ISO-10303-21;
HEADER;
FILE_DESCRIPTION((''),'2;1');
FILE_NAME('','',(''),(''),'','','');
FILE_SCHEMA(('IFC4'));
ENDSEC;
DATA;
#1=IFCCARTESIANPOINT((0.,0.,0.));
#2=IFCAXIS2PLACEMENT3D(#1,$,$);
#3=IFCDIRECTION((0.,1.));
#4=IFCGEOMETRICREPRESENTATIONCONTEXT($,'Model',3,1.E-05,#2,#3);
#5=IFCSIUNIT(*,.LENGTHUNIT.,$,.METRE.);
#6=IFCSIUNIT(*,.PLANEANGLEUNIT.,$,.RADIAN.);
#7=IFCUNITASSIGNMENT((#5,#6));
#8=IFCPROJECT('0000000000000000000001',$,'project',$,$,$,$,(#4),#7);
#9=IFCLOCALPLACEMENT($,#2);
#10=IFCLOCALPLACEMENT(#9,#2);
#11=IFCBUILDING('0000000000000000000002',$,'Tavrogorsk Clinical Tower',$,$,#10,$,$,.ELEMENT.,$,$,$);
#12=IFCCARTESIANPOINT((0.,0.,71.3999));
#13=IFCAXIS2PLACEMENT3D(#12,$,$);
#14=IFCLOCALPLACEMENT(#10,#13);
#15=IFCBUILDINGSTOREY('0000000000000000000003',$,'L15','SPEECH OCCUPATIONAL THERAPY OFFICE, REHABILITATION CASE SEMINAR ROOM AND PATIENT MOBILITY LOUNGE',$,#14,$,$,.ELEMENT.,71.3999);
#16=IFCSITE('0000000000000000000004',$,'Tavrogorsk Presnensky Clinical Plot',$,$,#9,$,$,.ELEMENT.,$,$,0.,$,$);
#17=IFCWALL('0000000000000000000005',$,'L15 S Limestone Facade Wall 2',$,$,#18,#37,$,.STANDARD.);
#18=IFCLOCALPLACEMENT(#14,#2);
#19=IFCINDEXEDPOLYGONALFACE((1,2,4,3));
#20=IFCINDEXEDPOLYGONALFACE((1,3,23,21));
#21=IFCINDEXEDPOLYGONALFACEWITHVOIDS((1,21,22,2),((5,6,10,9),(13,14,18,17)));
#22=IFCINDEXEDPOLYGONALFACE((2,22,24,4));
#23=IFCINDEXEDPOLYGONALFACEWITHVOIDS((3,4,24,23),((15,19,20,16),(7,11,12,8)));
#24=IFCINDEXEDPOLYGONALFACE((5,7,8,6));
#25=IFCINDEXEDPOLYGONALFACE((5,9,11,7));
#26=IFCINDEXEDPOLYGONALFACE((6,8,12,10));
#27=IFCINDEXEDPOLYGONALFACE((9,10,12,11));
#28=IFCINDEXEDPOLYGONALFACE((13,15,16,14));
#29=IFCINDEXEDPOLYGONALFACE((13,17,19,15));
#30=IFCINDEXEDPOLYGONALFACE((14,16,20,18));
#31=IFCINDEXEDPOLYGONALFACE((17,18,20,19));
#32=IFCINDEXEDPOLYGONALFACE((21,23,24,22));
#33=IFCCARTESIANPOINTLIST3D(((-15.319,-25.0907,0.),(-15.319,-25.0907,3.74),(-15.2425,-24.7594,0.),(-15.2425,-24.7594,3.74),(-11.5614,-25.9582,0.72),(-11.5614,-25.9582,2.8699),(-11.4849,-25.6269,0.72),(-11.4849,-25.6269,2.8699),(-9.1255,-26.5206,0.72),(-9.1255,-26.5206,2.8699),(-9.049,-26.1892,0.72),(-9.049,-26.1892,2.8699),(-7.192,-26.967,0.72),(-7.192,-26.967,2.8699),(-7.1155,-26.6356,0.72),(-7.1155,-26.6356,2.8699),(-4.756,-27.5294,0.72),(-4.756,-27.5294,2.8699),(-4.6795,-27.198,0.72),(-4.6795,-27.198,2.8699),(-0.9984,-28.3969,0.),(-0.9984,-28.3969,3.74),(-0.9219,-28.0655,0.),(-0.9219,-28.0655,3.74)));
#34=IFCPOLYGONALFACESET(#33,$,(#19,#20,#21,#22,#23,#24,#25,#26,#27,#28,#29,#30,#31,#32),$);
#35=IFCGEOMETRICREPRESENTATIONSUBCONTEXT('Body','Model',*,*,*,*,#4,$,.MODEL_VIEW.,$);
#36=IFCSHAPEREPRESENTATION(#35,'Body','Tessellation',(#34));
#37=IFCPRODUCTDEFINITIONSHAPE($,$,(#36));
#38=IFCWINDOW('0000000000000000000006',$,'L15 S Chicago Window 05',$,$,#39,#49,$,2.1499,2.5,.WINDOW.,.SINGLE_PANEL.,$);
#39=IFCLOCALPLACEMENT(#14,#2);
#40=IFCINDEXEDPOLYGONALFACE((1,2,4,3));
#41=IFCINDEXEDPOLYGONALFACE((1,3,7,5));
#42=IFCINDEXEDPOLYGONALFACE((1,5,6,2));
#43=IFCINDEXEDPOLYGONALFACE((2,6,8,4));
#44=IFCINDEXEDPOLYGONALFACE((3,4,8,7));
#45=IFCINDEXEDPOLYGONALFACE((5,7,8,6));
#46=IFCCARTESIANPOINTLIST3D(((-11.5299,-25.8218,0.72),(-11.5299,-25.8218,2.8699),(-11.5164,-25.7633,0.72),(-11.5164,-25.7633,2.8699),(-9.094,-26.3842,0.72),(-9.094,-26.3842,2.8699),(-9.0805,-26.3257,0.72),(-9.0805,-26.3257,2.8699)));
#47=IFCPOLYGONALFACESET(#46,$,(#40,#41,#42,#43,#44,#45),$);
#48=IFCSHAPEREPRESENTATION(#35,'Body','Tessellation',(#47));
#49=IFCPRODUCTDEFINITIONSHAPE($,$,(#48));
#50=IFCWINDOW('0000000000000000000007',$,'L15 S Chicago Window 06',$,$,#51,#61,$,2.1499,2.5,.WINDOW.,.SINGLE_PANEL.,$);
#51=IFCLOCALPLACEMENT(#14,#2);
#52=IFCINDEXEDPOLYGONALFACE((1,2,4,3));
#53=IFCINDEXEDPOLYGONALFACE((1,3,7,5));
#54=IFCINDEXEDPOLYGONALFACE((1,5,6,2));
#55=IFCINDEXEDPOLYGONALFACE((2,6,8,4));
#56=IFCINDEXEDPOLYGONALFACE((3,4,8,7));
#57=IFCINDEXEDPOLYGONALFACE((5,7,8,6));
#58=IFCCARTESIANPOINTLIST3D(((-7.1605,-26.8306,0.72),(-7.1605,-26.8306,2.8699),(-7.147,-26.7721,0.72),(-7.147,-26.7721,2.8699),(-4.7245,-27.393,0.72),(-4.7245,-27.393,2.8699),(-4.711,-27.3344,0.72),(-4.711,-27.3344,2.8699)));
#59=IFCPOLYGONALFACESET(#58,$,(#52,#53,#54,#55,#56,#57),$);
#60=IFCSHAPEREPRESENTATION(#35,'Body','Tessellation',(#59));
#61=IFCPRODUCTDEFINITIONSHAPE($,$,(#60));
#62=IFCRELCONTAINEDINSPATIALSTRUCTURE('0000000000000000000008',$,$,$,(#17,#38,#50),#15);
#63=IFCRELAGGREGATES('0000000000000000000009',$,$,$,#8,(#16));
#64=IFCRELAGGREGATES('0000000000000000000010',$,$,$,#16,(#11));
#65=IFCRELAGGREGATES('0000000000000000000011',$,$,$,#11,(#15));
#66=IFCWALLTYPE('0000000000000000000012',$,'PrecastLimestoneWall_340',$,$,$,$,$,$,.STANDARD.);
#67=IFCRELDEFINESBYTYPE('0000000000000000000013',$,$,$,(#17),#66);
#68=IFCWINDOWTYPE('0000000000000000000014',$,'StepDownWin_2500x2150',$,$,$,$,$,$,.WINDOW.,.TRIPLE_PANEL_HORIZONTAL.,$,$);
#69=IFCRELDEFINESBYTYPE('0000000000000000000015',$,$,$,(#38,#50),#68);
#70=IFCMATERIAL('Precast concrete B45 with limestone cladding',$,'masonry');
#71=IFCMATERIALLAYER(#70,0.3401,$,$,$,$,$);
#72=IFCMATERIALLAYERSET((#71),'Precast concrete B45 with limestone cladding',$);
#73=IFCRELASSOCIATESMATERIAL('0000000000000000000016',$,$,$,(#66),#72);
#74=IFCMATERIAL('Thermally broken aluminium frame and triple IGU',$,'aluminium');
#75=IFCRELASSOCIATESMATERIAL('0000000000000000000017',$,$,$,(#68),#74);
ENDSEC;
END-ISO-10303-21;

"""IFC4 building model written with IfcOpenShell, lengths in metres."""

from ifc_helpers import new_model, si_unit, direction, frame, frame_2d, origin, place, context, subcontext, project, spatial, rectangle, extrude, material, layer, layer_set, type_object, element, fill, save


model = new_model("IFC4")

# Units and contexts
model_context = context("Model", 3, precision=1e-05, world=origin(), true_north=direction((0.0, 1.0)))
body_context = subcontext(model_context, "Body", "Model", "MODEL_VIEW")
ifc_project = project(units=[si_unit("LENGTHUNIT", "METRE"), si_unit("PLANEANGLEUNIT", "RADIAN")], contexts=[model_context])

# Site, building, storey
site_placement = place(None, origin())
site = spatial("IfcSite", under=ifc_project, at=site_placement, Name="Tavrogorsk Presnensky Clinical Plot", CompositionType="ELEMENT", RefElevation=0.0)
building_placement = place(site_placement, origin())
building = spatial("IfcBuilding", under=site, at=building_placement, Name="Tavrogorsk Clinical Tower", CompositionType="ELEMENT")
storey_placement = place(building_placement, frame((0.0, 0.0, 71.3999)))
storey = spatial("IfcBuildingStorey", under=building, at=storey_placement, Name="L15", Description="SPEECH OCCUPATIONAL THERAPY OFFICE, REHABILITATION CASE SEMINAR ROOM AND PATIENT MOBILITY LOUNGE", CompositionType="ELEMENT", Elevation=71.3999)

# Wall, openings, windows
ifc_material_1 = material(Name="Precast concrete B45 with limestone cladding", Category="masonry")
ifc_layer_1 = layer(ifc_material_1, 0.3401)
ifc_layer_set_1 = layer_set([ifc_layer_1], Name="Precast concrete B45 with limestone cladding")
wall_type_1 = type_object("IfcWallType", Name="PrecastLimestoneWall_340", PredefinedType="STANDARD", material=ifc_layer_set_1)
wall_1_placement = place(storey_placement, frame((-15.2808, -24.925, 0.0), z_axis=(0.0, 0.0, 1.0), x_axis=(0.97437, -0.22495, 0.0)))
wall_1 = element("IfcWall", 1, at=wall_1_placement, inside=storey, type_object=wall_type_1, Name="L15 S Limestone Facade Wall 2", PredefinedType="STANDARD", context=body_context, shape_type="SweptSolid", body=[
    extrude(rectangle(XDim=14.6973, YDim=0.3401, at=frame_2d((7.3486, 0.0))), origin(), (0.0, 0.0, 1.0), 3.74),
])
opening_1_placement = place(wall_1_placement, frame((3.8564, 0.0, 0.72)))
opening_1 = element("IfcOpeningElement", 2, at=opening_1_placement, cuts=wall_1, PredefinedType="OPENING", context=body_context, shape_type="SweptSolid", body=[
    extrude(rectangle(XDim=2.5, YDim=2.1499, at=frame_2d((1.25, 1.075))), frame((0.0, 0.1799, 0.0), z_axis=(0.0, -1.0, 0.0), x_axis=(1.0, 0.0, 0.0)), (0.0, 0.0, 1.0), 0.3601),
])
opening_2_placement = place(wall_1_placement, frame((8.3408, 0.0, 0.72)))
opening_2 = element("IfcOpeningElement", 3, at=opening_2_placement, cuts=wall_1, PredefinedType="OPENING", context=body_context, shape_type="SweptSolid", body=[
    extrude(rectangle(XDim=2.5, YDim=2.1499, at=frame_2d((1.25, 1.075))), frame((0.0, 0.1799, 0.0), z_axis=(0.0, -1.0, 0.0), x_axis=(1.0, 0.0, 0.0)), (0.0, 0.0, 1.0), 0.3601),
])
ifc_material_2 = material(Name="Thermally broken aluminium frame and triple IGU", Category="aluminium")
window_type = type_object("IfcWindowType", Name="StepDownWin_2500x2150", PartitioningType="TRIPLE_PANEL_HORIZONTAL", PredefinedType="WINDOW", material=ifc_material_2)
window_1_placement = place(opening_1_placement, origin())
window_1 = element("IfcWindow", 4, at=window_1_placement, inside=storey, type_object=window_type, Name="L15 S Chicago Window 05", OverallHeight=2.1499, OverallWidth=2.5, PartitioningType="SINGLE_PANEL", PredefinedType="WINDOW", context=body_context, shape_type="SweptSolid", body=[
    extrude(rectangle(XDim=2.5, YDim=2.1499, at=frame_2d((1.25, 1.075))), frame((0.0, 0.03, 0.0), z_axis=(0.0, -1.0, 0.0), x_axis=(1.0, 0.0, 0.0)), (0.0, 0.0, 1.0), 0.0601),
])
fill(opening_1, window_1)
window_2_placement = place(opening_2_placement, origin())
window_2 = element("IfcWindow", 5, at=window_2_placement, inside=storey, type_object=window_type, Name="L15 S Chicago Window 06", OverallHeight=2.1499, OverallWidth=2.5, PartitioningType="SINGLE_PANEL", PredefinedType="WINDOW", context=body_context, shape_type="SweptSolid", body=[
    extrude(rectangle(XDim=2.5, YDim=2.1499, at=frame_2d((1.25, 1.075))), frame((0.0, 0.03, 0.0), z_axis=(0.0, -1.0, 0.0), x_axis=(1.0, 0.0, 0.0)), (0.0, 0.0, 1.0), 0.0601),
])
fill(opening_2, window_2)

save(model, "model.ifc")
